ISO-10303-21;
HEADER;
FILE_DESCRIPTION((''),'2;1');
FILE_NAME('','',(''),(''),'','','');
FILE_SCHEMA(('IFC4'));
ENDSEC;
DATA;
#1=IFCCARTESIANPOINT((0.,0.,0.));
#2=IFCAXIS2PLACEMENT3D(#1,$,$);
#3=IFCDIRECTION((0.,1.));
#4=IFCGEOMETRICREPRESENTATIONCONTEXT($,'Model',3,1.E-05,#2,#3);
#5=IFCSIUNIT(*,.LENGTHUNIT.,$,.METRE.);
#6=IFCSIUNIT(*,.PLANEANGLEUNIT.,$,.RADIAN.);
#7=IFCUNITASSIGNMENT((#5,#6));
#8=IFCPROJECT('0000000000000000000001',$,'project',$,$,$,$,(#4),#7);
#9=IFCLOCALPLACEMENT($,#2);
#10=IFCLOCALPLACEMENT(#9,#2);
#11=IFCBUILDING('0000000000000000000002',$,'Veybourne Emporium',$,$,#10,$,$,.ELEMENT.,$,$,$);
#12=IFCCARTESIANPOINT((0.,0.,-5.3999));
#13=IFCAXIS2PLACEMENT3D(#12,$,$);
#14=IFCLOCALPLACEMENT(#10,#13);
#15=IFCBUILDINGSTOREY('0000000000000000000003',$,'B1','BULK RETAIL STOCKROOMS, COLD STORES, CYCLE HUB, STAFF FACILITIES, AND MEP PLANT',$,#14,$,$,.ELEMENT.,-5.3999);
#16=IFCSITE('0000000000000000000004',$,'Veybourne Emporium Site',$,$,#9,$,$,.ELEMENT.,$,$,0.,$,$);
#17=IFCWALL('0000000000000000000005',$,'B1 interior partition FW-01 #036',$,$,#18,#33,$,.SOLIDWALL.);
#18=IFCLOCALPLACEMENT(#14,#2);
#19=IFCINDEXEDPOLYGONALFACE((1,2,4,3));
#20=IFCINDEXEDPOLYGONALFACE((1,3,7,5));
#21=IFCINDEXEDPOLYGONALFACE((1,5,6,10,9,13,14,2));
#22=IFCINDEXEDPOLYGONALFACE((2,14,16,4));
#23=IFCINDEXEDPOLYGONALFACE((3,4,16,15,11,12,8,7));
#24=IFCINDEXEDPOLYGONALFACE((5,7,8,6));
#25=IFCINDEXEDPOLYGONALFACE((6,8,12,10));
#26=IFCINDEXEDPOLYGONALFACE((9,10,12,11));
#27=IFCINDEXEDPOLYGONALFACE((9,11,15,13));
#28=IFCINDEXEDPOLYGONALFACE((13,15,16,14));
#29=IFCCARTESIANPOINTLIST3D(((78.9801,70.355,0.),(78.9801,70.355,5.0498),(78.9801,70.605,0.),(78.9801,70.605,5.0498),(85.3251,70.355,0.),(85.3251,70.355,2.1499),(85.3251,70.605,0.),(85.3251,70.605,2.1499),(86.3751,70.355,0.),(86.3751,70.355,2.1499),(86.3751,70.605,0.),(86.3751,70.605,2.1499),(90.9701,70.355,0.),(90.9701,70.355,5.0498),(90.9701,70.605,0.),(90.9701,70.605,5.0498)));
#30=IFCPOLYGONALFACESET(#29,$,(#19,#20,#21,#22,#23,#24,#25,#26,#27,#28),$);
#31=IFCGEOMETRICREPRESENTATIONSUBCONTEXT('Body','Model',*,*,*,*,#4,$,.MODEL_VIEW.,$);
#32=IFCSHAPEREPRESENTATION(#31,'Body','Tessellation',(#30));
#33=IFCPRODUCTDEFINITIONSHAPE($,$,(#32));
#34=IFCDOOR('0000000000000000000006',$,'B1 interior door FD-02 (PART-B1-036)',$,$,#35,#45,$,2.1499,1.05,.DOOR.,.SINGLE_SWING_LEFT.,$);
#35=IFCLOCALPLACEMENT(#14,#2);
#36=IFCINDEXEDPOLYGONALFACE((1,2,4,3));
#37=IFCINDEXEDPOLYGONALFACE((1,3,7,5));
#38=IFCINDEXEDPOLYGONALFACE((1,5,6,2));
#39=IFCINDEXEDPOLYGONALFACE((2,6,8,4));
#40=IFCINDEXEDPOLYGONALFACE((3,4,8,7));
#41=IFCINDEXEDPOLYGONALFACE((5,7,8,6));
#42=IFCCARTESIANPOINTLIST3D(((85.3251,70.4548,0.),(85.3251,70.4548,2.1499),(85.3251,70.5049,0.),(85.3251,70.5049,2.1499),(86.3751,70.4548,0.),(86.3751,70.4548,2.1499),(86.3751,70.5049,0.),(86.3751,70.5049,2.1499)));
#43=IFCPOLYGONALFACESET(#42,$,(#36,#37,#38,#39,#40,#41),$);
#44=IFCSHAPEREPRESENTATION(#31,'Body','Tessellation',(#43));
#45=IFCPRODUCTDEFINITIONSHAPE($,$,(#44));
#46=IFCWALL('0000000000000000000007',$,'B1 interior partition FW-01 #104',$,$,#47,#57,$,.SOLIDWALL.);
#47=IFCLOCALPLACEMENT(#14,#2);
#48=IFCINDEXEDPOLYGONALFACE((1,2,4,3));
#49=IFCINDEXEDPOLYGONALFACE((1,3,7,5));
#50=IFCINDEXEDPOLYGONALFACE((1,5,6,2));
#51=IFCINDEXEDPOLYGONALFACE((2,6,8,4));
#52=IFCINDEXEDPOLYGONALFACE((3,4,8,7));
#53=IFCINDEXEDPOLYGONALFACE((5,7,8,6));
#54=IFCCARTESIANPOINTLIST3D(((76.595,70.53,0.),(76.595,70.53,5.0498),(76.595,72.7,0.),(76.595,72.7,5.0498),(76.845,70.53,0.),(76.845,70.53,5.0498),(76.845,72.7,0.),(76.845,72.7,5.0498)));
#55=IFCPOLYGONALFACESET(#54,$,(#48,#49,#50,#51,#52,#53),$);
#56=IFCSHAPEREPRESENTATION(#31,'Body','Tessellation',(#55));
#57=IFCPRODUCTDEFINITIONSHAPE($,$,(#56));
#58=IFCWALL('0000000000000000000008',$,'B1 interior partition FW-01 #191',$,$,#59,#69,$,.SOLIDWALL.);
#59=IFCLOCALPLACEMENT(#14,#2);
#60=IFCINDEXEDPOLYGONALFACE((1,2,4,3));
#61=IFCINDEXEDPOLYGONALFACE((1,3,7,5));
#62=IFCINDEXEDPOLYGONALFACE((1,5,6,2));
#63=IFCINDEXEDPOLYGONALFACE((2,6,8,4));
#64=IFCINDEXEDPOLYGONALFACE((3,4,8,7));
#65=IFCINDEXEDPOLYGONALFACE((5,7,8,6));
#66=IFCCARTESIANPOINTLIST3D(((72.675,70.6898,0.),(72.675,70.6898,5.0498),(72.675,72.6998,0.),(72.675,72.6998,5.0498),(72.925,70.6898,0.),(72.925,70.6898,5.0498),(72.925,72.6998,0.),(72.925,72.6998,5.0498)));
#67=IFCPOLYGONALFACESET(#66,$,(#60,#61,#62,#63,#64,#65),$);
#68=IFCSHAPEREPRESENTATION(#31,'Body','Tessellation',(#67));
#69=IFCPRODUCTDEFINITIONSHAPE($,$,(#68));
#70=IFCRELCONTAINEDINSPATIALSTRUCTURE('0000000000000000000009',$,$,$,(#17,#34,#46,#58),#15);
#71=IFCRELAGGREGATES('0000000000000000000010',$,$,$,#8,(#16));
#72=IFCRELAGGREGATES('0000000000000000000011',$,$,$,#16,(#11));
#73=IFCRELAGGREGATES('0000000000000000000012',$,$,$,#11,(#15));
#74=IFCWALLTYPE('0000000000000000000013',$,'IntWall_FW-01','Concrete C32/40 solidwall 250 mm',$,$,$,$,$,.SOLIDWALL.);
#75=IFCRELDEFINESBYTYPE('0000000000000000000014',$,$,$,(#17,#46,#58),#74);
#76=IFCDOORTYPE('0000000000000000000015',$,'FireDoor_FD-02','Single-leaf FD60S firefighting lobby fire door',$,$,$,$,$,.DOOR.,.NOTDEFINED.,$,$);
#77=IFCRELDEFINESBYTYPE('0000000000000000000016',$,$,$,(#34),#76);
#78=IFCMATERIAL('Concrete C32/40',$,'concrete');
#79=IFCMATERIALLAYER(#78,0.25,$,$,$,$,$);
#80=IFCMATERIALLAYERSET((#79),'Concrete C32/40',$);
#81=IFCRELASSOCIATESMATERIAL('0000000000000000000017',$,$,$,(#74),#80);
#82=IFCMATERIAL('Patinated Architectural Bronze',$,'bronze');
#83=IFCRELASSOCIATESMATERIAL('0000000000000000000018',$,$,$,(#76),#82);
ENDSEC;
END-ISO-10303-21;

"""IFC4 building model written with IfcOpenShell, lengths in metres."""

from ifc_helpers import new_model, si_unit, direction, frame, frame_2d, origin, place, context, subcontext, project, spatial, rectangle, extrude, material, layer, layer_set, type_object, element, fill, save


model = new_model("IFC4")

# Units and contexts
model_context = context("Model", 3, precision=1e-05, world=origin(), true_north=direction((0.0, 1.0)))
body_context = subcontext(model_context, "Body", "Model", "MODEL_VIEW")
ifc_project = project(units=[si_unit("LENGTHUNIT", "METRE"), si_unit("PLANEANGLEUNIT", "RADIAN")], contexts=[model_context])

# Site, building, storey
site_placement = place(None, origin())
site = spatial("IfcSite", under=ifc_project, at=site_placement, Name="Veybourne Emporium Site", CompositionType="ELEMENT", RefElevation=0.0)
building_placement = place(site_placement, origin())
building = spatial("IfcBuilding", under=site, at=building_placement, Name="Veybourne Emporium", CompositionType="ELEMENT")
storey_placement = place(building_placement, frame((0.0, 0.0, -5.3999)))
storey = spatial("IfcBuildingStorey", under=building, at=storey_placement, Name="B1", Description="BULK RETAIL STOCKROOMS, COLD STORES, CYCLE HUB, STAFF FACILITIES, AND MEP PLANT", CompositionType="ELEMENT", Elevation=-5.3999)

# Shared definitions
ifc_material_1 = material(Name="Concrete C32/40", Category="concrete")

# Wall, opening, door
ifc_layer = layer(ifc_material_1, 0.25)
ifc_layer_set = layer_set([ifc_layer], Name="Concrete C32/40")
wall_type = type_object("IfcWallType", Name="IntWall_FW-01", Description="Concrete C32/40 solidwall 250 mm", PredefinedType="SOLIDWALL", material=ifc_layer_set)
ifc_material_2 = material(Name="Patinated Architectural Bronze", Category="bronze")
door_type = type_object("IfcDoorType", Name="FireDoor_FD-02", Description="Single-leaf FD60S firefighting lobby fire door", OperationType="NOTDEFINED", PredefinedType="DOOR", material=ifc_material_2)
wall_1_placement = place(storey_placement, frame((78.98, 70.48, 0.0), z_axis=(0.0, 0.0, 1.0), x_axis=(1.0, 0.0, 0.0)))
wall_1 = element("IfcWall", 1, at=wall_1_placement, inside=storey, type_object=wall_type, Name="B1 interior partition FW-01 #036", PredefinedType="SOLIDWALL", context=body_context, shape_type="SweptSolid", body=[
    extrude(rectangle(XDim=11.99, YDim=0.25, at=frame_2d((5.9951, 0.0))), origin(), (0.0, 0.0, 1.0), 5.0498),
])
opening_1_placement = place(wall_1_placement, frame((6.3452, 0.0, 0.0)))
opening_1 = element("IfcOpeningElement", 2, at=opening_1_placement, cuts=wall_1, PredefinedType="OPENING", context=body_context, shape_type="SweptSolid", body=[
    extrude(rectangle(XDim=1.05, YDim=2.1499, at=frame_2d((0.5249, 1.075))), frame((0.0, 0.145, 0.0), z_axis=(0.0, -1.0, 0.0), x_axis=(1.0, 0.0, 0.0)), (0.0, 0.0, 1.0), 0.29),
])
door_1_placement = place(opening_1_placement, origin())
door_1 = element("IfcDoor", 3, at=door_1_placement, inside=storey, type_object=door_type, Name="B1 interior door FD-02 (PART-B1-036)", OperationType="SINGLE_SWING_LEFT", OverallHeight=2.1499, OverallWidth=1.05, PredefinedType="DOOR", context=body_context, shape_type="SweptSolid", body=[
    extrude(rectangle(XDim=1.05, YDim=2.1499, at=frame_2d((0.5249, 1.075))), frame((0.0, 0.0249, 0.0), z_axis=(0.0, -1.0, 0.0), x_axis=(1.0, 0.0, 0.0)), (0.0, 0.0, 1.0), 0.05),
])
fill(opening_1, door_1)

# Walls
wall_2_placement = place(storey_placement, frame((76.72, 70.53, 0.0), z_axis=(0.0, 0.0, 1.0), x_axis=(0.0, 1.0, 0.0)))
element("IfcWall", 4, at=wall_2_placement, inside=storey, type_object=wall_type, Name="B1 interior partition FW-01 #104", PredefinedType="SOLIDWALL", context=body_context, shape_type="SweptSolid", body=[
    extrude(rectangle(XDim=2.1699, YDim=0.25, at=frame_2d((1.085, 0.0))), origin(), (0.0, 0.0, 1.0), 5.0498),
])
wall_3_placement = place(storey_placement, frame((72.8, 70.6899, 0.0), z_axis=(0.0, 0.0, 1.0), x_axis=(0.0, 1.0, 0.0)))
element("IfcWall", 5, at=wall_3_placement, inside=storey, type_object=wall_type, Name="B1 interior partition FW-01 #191", PredefinedType="SOLIDWALL", context=body_context, shape_type="SweptSolid", body=[
    extrude(rectangle(XDim=2.01, YDim=0.25, at=frame_2d((1.0049, 0.0))), origin(), (0.0, 0.0, 1.0), 5.0498),
])

save(model, "model.ifc")
